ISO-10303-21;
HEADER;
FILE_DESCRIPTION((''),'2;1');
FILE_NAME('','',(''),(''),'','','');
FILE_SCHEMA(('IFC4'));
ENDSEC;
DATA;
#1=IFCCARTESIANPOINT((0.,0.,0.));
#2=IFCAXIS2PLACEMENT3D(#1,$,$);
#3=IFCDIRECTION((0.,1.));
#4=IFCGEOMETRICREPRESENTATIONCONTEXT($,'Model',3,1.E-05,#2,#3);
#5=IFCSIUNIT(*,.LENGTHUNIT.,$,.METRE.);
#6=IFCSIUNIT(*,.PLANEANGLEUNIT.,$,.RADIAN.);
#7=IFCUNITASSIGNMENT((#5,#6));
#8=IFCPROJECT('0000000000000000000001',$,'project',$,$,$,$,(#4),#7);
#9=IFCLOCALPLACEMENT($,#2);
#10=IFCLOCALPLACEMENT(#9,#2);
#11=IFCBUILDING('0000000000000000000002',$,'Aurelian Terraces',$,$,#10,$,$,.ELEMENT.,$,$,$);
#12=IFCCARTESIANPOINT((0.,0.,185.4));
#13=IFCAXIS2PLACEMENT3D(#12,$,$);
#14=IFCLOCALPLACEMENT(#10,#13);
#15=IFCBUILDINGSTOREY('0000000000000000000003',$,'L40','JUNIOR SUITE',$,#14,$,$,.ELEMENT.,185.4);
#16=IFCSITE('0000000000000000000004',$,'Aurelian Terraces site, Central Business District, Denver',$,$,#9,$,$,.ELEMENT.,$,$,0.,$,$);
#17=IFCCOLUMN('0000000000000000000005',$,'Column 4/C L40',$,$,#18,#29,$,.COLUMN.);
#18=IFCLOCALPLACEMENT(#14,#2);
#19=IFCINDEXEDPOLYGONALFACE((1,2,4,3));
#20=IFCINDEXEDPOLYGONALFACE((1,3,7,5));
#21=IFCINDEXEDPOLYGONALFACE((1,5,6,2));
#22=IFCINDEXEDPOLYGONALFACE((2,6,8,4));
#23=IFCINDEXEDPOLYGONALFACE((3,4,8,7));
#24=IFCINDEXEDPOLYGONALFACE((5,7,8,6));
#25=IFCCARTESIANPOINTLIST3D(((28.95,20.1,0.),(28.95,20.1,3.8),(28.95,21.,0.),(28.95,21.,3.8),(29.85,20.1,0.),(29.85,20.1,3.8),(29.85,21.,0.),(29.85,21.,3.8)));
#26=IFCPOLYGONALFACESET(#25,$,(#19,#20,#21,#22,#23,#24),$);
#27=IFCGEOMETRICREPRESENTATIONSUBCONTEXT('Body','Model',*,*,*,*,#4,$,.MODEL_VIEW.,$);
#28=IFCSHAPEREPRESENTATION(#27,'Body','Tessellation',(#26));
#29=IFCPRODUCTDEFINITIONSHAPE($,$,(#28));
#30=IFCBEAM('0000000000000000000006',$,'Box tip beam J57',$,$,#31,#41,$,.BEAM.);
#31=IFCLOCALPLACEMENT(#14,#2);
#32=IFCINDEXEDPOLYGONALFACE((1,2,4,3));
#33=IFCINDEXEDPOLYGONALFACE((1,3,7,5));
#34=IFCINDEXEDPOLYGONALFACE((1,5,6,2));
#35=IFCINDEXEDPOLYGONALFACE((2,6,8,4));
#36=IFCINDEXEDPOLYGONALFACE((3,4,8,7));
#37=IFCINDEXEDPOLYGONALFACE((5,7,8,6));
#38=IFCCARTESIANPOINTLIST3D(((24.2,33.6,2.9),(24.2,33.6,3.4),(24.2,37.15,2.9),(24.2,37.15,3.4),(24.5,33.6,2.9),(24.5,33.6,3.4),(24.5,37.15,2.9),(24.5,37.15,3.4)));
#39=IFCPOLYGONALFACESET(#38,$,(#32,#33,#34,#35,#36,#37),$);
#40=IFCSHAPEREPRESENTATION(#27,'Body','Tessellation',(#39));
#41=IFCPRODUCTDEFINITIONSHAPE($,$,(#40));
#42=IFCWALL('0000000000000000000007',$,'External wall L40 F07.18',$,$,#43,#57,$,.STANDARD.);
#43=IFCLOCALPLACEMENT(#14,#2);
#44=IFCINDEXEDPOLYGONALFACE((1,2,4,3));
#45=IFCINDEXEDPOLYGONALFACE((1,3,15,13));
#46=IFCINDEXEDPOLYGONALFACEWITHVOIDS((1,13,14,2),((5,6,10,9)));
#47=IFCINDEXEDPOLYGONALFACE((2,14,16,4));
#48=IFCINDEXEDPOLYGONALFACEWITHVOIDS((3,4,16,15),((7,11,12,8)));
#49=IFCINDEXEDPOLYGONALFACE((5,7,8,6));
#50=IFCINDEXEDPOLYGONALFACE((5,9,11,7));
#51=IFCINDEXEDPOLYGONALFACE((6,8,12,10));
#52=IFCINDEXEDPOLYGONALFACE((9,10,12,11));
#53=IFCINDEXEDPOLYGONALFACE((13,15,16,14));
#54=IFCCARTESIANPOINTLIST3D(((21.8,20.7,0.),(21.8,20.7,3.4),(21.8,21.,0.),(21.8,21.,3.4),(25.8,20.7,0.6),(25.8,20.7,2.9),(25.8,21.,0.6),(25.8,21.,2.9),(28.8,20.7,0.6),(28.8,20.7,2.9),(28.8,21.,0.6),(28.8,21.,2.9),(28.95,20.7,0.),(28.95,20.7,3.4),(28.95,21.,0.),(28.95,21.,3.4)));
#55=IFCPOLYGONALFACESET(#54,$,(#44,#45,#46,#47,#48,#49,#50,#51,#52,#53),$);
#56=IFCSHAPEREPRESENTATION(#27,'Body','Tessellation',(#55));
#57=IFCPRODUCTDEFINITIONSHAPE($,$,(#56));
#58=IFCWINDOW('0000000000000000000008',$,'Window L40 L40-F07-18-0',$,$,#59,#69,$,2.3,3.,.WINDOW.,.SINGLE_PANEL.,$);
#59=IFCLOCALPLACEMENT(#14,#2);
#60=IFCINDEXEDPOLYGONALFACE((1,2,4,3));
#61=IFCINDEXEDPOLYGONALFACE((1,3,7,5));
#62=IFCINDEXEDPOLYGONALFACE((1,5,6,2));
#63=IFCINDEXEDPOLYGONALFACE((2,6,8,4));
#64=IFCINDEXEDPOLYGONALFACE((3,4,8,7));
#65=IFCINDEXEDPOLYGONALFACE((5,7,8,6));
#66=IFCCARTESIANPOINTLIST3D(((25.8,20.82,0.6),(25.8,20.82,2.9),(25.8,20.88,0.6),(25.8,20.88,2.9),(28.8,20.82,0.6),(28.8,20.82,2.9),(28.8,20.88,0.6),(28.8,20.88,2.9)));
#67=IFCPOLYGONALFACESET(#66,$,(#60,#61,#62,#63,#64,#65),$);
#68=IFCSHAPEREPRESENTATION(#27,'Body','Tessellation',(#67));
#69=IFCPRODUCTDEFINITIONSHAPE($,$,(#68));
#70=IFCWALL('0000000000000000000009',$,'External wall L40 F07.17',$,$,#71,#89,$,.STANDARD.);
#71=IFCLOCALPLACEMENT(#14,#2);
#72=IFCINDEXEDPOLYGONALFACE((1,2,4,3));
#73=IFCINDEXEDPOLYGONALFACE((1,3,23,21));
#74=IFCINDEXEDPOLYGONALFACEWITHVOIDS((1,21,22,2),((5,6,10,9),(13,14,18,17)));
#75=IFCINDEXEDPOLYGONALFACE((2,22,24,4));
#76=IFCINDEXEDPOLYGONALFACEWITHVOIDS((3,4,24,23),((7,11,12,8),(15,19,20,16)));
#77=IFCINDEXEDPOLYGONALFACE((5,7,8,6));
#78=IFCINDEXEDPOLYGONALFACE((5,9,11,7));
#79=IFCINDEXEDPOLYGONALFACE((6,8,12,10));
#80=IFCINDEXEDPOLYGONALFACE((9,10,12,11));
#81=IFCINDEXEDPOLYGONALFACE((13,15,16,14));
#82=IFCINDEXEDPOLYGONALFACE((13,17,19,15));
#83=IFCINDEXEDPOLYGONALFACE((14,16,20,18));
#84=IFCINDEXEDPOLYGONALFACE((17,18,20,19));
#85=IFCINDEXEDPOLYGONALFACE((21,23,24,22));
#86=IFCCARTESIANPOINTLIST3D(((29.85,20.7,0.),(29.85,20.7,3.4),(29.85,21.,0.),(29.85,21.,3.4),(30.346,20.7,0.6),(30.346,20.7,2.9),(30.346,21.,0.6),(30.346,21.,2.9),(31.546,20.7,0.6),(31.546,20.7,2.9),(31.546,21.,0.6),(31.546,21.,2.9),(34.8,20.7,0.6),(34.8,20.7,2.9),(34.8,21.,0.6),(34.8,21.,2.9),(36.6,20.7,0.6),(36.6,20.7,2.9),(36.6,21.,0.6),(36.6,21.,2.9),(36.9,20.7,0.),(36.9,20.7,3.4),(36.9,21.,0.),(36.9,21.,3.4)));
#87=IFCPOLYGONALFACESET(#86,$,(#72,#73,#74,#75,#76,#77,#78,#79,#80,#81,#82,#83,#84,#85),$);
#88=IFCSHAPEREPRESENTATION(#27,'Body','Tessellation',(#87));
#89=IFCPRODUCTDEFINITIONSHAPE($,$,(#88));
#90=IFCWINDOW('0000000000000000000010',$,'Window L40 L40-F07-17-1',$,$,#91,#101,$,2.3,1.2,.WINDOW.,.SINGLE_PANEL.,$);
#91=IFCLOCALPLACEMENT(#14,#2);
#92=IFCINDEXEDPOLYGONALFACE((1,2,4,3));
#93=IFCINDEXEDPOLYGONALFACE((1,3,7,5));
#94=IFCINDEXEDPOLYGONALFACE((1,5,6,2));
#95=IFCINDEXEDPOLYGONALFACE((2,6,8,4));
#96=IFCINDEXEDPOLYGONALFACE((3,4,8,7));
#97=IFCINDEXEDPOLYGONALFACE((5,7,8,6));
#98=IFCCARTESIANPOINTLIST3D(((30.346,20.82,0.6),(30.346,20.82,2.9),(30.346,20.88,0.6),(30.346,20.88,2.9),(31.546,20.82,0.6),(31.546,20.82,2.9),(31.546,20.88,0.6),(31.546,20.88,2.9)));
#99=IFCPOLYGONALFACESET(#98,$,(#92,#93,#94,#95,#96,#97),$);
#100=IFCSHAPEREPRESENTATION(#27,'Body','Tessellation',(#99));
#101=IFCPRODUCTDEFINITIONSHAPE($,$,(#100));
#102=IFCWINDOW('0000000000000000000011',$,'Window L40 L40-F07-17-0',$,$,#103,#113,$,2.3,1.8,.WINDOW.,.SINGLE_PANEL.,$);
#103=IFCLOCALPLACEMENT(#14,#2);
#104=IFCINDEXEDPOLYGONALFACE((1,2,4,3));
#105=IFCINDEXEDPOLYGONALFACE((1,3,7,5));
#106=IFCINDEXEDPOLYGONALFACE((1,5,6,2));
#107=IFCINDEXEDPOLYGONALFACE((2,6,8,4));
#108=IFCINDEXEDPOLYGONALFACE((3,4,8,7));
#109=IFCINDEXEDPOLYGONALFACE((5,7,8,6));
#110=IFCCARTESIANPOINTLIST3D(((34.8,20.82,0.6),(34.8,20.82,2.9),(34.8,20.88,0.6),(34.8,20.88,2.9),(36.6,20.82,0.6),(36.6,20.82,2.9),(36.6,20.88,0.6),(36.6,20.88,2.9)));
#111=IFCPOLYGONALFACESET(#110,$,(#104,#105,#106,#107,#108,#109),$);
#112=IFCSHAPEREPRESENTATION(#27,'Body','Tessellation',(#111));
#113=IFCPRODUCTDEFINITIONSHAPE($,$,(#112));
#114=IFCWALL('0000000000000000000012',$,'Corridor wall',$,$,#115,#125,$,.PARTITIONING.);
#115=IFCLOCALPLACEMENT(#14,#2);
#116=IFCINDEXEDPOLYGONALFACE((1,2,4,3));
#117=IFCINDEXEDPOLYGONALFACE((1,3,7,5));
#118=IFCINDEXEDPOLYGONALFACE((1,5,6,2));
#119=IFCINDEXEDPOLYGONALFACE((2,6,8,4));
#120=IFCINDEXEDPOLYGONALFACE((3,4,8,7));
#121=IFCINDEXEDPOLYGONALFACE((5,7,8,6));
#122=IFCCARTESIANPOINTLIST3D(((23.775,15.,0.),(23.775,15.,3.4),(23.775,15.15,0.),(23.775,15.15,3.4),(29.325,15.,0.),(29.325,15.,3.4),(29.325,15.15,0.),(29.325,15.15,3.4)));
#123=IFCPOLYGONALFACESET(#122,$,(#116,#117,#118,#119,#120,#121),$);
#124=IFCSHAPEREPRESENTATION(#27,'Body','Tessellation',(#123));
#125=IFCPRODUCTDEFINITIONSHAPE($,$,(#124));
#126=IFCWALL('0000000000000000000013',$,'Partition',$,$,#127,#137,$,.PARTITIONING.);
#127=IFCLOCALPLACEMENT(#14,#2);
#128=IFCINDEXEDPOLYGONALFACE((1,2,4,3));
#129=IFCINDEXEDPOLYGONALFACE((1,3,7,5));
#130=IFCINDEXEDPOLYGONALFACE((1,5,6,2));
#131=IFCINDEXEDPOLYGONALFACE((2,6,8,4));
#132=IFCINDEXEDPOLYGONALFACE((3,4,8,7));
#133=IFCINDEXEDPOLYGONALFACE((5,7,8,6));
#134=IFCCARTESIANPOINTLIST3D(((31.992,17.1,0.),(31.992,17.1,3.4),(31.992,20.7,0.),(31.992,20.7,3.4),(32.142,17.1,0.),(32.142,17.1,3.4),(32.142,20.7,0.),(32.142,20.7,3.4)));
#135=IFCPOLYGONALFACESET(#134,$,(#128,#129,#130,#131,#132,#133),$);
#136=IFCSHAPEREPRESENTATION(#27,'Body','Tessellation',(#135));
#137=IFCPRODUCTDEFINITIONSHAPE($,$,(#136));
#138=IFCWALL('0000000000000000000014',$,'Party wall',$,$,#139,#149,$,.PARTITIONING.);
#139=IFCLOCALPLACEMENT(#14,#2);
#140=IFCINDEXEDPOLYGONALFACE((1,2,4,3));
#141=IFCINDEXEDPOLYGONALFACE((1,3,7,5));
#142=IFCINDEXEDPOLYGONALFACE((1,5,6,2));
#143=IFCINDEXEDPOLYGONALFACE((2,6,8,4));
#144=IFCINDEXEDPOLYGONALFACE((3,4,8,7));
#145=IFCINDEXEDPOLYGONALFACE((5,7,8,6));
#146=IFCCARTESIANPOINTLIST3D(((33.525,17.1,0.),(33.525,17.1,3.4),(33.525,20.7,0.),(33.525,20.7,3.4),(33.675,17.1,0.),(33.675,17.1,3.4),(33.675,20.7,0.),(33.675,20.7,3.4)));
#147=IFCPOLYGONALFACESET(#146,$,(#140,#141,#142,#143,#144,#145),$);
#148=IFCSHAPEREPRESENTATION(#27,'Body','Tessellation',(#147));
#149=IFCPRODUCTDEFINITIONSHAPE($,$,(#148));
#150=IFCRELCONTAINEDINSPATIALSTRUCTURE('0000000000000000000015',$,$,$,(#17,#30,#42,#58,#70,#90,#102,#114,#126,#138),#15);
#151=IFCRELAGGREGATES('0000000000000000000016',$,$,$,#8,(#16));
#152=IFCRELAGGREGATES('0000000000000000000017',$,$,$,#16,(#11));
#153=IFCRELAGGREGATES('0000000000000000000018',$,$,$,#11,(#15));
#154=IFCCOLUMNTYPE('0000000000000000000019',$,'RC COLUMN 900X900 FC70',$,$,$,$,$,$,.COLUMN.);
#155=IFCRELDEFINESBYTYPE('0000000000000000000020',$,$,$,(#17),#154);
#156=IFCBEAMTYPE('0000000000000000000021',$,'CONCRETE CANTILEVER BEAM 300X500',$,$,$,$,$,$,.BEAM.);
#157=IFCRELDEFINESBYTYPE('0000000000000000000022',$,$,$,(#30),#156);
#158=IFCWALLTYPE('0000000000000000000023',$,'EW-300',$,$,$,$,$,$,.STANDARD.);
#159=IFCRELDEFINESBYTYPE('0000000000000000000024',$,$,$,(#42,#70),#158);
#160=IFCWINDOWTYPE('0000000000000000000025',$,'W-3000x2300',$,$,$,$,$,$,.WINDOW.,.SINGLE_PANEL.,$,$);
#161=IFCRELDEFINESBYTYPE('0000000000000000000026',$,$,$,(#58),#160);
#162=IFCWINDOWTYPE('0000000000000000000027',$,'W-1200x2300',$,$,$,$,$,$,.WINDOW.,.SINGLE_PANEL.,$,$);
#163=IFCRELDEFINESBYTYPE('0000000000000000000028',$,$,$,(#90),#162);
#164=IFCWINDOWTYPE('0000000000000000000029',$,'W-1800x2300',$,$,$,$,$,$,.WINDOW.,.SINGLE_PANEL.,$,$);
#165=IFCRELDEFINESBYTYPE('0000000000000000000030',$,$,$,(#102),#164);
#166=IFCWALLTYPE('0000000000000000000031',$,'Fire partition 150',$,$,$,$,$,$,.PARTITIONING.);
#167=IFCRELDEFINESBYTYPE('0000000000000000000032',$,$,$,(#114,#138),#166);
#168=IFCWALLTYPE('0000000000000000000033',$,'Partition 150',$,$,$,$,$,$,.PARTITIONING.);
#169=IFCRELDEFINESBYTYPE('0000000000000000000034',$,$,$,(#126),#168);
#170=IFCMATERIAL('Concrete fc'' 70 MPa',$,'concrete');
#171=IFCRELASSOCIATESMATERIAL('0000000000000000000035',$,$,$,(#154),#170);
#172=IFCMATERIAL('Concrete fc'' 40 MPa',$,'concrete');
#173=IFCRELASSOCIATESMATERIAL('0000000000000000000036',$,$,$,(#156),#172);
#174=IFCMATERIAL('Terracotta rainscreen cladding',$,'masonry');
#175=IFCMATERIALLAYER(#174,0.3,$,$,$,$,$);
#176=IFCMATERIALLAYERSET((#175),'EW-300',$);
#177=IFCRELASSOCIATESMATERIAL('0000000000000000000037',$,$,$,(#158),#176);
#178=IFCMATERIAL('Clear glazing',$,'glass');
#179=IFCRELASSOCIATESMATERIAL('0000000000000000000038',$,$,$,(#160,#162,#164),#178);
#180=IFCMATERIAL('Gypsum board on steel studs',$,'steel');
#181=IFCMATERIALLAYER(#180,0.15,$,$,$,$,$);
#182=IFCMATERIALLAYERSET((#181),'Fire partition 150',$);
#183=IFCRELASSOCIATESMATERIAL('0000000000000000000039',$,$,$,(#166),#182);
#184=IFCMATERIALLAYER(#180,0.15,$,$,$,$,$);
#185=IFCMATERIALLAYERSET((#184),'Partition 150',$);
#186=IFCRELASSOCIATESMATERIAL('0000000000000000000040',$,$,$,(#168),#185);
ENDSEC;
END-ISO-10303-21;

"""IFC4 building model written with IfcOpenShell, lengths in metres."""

from ifc_helpers import new_model, si_unit, direction, frame, frame_2d, origin, origin_2d, place, context, subcontext, project, spatial, rectangle, extrude, source, transform, mapped, material, layer, layer_set, material_profile, profile_set, type_object, element, fill, save


model = new_model("IFC4")

# Units and contexts
model_context = context("Model", 3, precision=1e-05, world=origin(), true_north=direction((0.0, 1.0)))
body_context = subcontext(model_context, "Body", "Model", "MODEL_VIEW")
ifc_project = project(units=[si_unit("LENGTHUNIT", "METRE"), si_unit("PLANEANGLEUNIT", "RADIAN")], contexts=[model_context])

# Site, building, storey
site_placement = place(None, origin())
site = spatial("IfcSite", under=ifc_project, at=site_placement, Name="Aurelian Terraces site, Central Business District, Denver", CompositionType="ELEMENT", RefElevation=0.0)
building_placement = place(site_placement, origin())
building = spatial("IfcBuilding", under=site, at=building_placement, Name="Aurelian Terraces", CompositionType="ELEMENT")
storey_placement = place(building_placement, frame((0.0, 0.0, 185.4)))
storey = spatial("IfcBuildingStorey", under=building, at=storey_placement, Name="L40", Description="JUNIOR SUITE", CompositionType="ELEMENT", Elevation=185.4)

# Column
ifc_material_1 = material(Name="Concrete fc' 70 MPa", Category="concrete")
ifc_material_profile_1 = material_profile(ifc_material_1, rectangle(XDim=0.9, YDim=0.9, at=origin_2d()))
ifc_profile_set_1 = profile_set([ifc_material_profile_1], Name="Concrete fc' 70 MPa")
column_type = type_object("IfcColumnType", Name="RC COLUMN 900X900 FC70", PredefinedType="COLUMN", material=ifc_profile_set_1)
shared_shape_1 = source(origin(), body_context, "Body", "SweptSolid", [
    extrude(rectangle(XDim=0.9, YDim=0.9, at=origin_2d()), origin(), (0.0, 0.0, 1.0), 3.8),
])
column_placement = place(storey_placement, frame((29.4, 20.55, 0.0), z_axis=(0.0, 0.0, 1.0), x_axis=(1.0, 0.0, 0.0)))
element("IfcColumn", 1, at=column_placement, inside=storey, type_object=column_type, Name="Column 4/C L40", PredefinedType="COLUMN", context=body_context, shape_type="MappedRepresentation", body=[
    mapped(shared_shape_1, transform((0.0, 0.0, 0.0), scale=1.0)),
])

# Beam
ifc_material_2 = material(Name="Concrete fc' 40 MPa", Category="concrete")
ifc_material_profile_2 = material_profile(ifc_material_2, rectangle(XDim=0.3, YDim=0.5, at=origin_2d()))
ifc_profile_set_2 = profile_set([ifc_material_profile_2], Name="Concrete fc' 40 MPa")
beam_type = type_object("IfcBeamType", Name="CONCRETE CANTILEVER BEAM 300X500", PredefinedType="BEAM", material=ifc_profile_set_2)
shared_shape_2 = source(origin(), body_context, "Body", "SweptSolid", [
    extrude(rectangle(XDim=0.3, YDim=0.5, at=origin_2d()), origin(), (0.0, 0.0, 1.0), 3.55),
])
beam_placement = place(storey_placement, frame((24.35, 33.6, 3.15), z_axis=(0.0, 1.0, 0.0), x_axis=(-1.0, 0.0, 0.0)))
element("IfcBeam", 2, at=beam_placement, inside=storey, type_object=beam_type, Name="Box tip beam J57", PredefinedType="BEAM", context=body_context, shape_type="MappedRepresentation", body=[
    mapped(shared_shape_2, transform((0.0, 0.0, 0.0), scale=1.0)),
])

# Wall, opening, window
ifc_material_3 = material(Name="Terracotta rainscreen cladding", Category="masonry")
ifc_layer_1 = layer(ifc_material_3, 0.3)
ifc_layer_set_1 = layer_set([ifc_layer_1], Name="EW-300")
wall_type_1 = type_object("IfcWallType", Name="EW-300", PredefinedType="STANDARD", material=ifc_layer_set_1)
shared_shape_3 = source(origin(), body_context, "Body", "SweptSolid", [
    extrude(rectangle(XDim=7.15, YDim=0.3, at=frame_2d((3.575, 0.0))), origin(), (0.0, 0.0, 1.0), 3.4),
])
wall_1_placement = place(storey_placement, frame((28.95, 20.85, 0.0), z_axis=(0.0, 0.0, 1.0), x_axis=(-1.0, 0.0, 0.0)))
wall_1 = element("IfcWall", 3, at=wall_1_placement, inside=storey, type_object=wall_type_1, Name="External wall L40 F07.18", PredefinedType="STANDARD", context=body_context, shape_type="MappedRepresentation", body=[
    mapped(shared_shape_3, transform((0.0, 0.0, 0.0), scale=1.0)),
])
shared_shape_4 = source(origin(), body_context, "Body", "SweptSolid", [
    extrude(rectangle(XDim=3.0, YDim=2.3, at=frame_2d((1.5, 1.15))), frame((0.0, 0.16, 0.0), z_axis=(0.0, -1.0, 0.0), x_axis=(1.0, 0.0, 0.0)), (0.0, 0.0, 1.0), 0.32),
])
opening_1_placement = place(wall_1_placement, frame((0.15, 0.0, 0.6)))
opening_1 = element("IfcOpeningElement", 4, at=opening_1_placement, cuts=wall_1, PredefinedType="OPENING", context=body_context, shape_type="MappedRepresentation", body=[
    mapped(shared_shape_4, transform((0.0, 0.0, 0.0), scale=1.0)),
])
ifc_material_4 = material(Name="Clear glazing", Category="glass")
window_type_1 = type_object("IfcWindowType", Name="W-3000x2300", PartitioningType="SINGLE_PANEL", PredefinedType="WINDOW", material=ifc_material_4)
shared_shape_5 = source(origin(), body_context, "Body", "SweptSolid", [
    extrude(rectangle(XDim=3.0, YDim=2.3, at=frame_2d((1.5, 1.15))), frame((0.0, 0.03, 0.0), z_axis=(0.0, -1.0, 0.0), x_axis=(1.0, 0.0, 0.0)), (0.0, 0.0, 1.0), 0.06),
])
window_1_placement = place(opening_1_placement, origin())
window_1 = element("IfcWindow", 5, at=window_1_placement, inside=storey, type_object=window_type_1, Name="Window L40 L40-F07-18-0", OverallHeight=2.3, OverallWidth=3.0, PartitioningType="SINGLE_PANEL", PredefinedType="WINDOW", context=body_context, shape_type="MappedRepresentation", body=[
    mapped(shared_shape_5, transform((0.0, 0.0, 0.0), scale=1.0)),
])
fill(opening_1, window_1)

# Wall, openings, windows
shared_shape_6 = source(origin(), body_context, "Body", "SweptSolid", [
    extrude(rectangle(XDim=7.05, YDim=0.3, at=frame_2d((3.525, 0.0))), origin(), (0.0, 0.0, 1.0), 3.4),
])
wall_2_placement = place(storey_placement, frame((36.9, 20.85, 0.0), z_axis=(0.0, 0.0, 1.0), x_axis=(-1.0, 0.0, 0.0)))
wall_2 = element("IfcWall", 6, at=wall_2_placement, inside=storey, type_object=wall_type_1, Name="External wall L40 F07.17", PredefinedType="STANDARD", context=body_context, shape_type="MappedRepresentation", body=[
    mapped(shared_shape_6, transform((0.0, 0.0, 0.0), scale=1.0)),
])
shared_shape_7 = source(origin(), body_context, "Body", "SweptSolid", [
    extrude(rectangle(XDim=1.8, YDim=2.3, at=frame_2d((0.9, 1.15))), frame((0.0, 0.16, 0.0), z_axis=(0.0, -1.0, 0.0), x_axis=(1.0, 0.0, 0.0)), (0.0, 0.0, 1.0), 0.32),
])
opening_2_placement = place(wall_2_placement, frame((0.3, 0.0, 0.6)))
opening_2 = element("IfcOpeningElement", 7, at=opening_2_placement, cuts=wall_2, PredefinedType="OPENING", context=body_context, shape_type="MappedRepresentation", body=[
    mapped(shared_shape_7, transform((0.0, 0.0, 0.0), scale=1.0)),
])
shared_shape_8 = source(origin(), body_context, "Body", "SweptSolid", [
    extrude(rectangle(XDim=1.2, YDim=2.3, at=frame_2d((0.6, 1.15))), frame((0.0, 0.16, 0.0), z_axis=(0.0, -1.0, 0.0), x_axis=(1.0, 0.0, 0.0)), (0.0, 0.0, 1.0), 0.32),
])
opening_3_placement = place(wall_2_placement, frame((5.354, 0.0, 0.6)))
opening_3 = element("IfcOpeningElement", 8, at=opening_3_placement, cuts=wall_2, PredefinedType="OPENING", context=body_context, shape_type="MappedRepresentation", body=[
    mapped(shared_shape_8, transform((0.0, 0.0, 0.0), scale=1.0)),
])
window_type_2 = type_object("IfcWindowType", Name="W-1200x2300", PartitioningType="SINGLE_PANEL", PredefinedType="WINDOW", material=ifc_material_4)
shared_shape_9 = source(origin(), body_context, "Body", "SweptSolid", [
    extrude(rectangle(XDim=1.2, YDim=2.3, at=frame_2d((0.6, 1.15))), frame((0.0, 0.03, 0.0), z_axis=(0.0, -1.0, 0.0), x_axis=(1.0, 0.0, 0.0)), (0.0, 0.0, 1.0), 0.06),
])
window_2_placement = place(opening_3_placement, origin())
window_2 = element("IfcWindow", 9, at=window_2_placement, inside=storey, type_object=window_type_2, Name="Window L40 L40-F07-17-1", OverallHeight=2.3, OverallWidth=1.2, PartitioningType="SINGLE_PANEL", PredefinedType="WINDOW", context=body_context, shape_type="MappedRepresentation", body=[
    mapped(shared_shape_9, transform((0.0, 0.0, 0.0), scale=1.0)),
])
fill(opening_3, window_2)
window_type_3 = type_object("IfcWindowType", Name="W-1800x2300", PartitioningType="SINGLE_PANEL", PredefinedType="WINDOW", material=ifc_material_4)
shared_shape_10 = source(origin(), body_context, "Body", "SweptSolid", [
    extrude(rectangle(XDim=1.8, YDim=2.3, at=frame_2d((0.9, 1.15))), frame((0.0, 0.03, 0.0), z_axis=(0.0, -1.0, 0.0), x_axis=(1.0, 0.0, 0.0)), (0.0, 0.0, 1.0), 0.06),
])
window_3_placement = place(opening_2_placement, origin())
window_3 = element("IfcWindow", 10, at=window_3_placement, inside=storey, type_object=window_type_3, Name="Window L40 L40-F07-17-0", OverallHeight=2.3, OverallWidth=1.8, PartitioningType="SINGLE_PANEL", PredefinedType="WINDOW", context=body_context, shape_type="MappedRepresentation", body=[
    mapped(shared_shape_10, transform((0.0, 0.0, 0.0), scale=1.0)),
])
fill(opening_2, window_3)

# Walls
ifc_material_5 = material(Name="Gypsum board on steel studs", Category="steel")
ifc_layer_2 = layer(ifc_material_5, 0.15)
ifc_layer_set_2 = layer_set([ifc_layer_2], Name="Fire partition 150")
wall_type_2 = type_object("IfcWallType", Name="Fire partition 150", PredefinedType="PARTITIONING", material=ifc_layer_set_2)
shared_shape_11 = source(origin(), body_context, "Body", "SweptSolid", [
    extrude(rectangle(XDim=5.55, YDim=0.15, at=frame_2d((2.775, 0.0))), origin(), (0.0, 0.0, 1.0), 3.4),
])
wall_3_placement = place(storey_placement, frame((29.325, 15.075, 0.0), z_axis=(0.0, 0.0, 1.0), x_axis=(-1.0, 0.0, 0.0)))
element("IfcWall", 11, at=wall_3_placement, inside=storey, type_object=wall_type_2, Name="Corridor wall", PredefinedType="PARTITIONING", context=body_context, shape_type="MappedRepresentation", body=[
    mapped(shared_shape_11, transform((0.0, 0.0, 0.0), scale=1.0)),
])
ifc_layer_3 = layer(ifc_material_5, 0.15)
ifc_layer_set_3 = layer_set([ifc_layer_3], Name="Partition 150")
wall_type_3 = type_object("IfcWallType", Name="Partition 150", PredefinedType="PARTITIONING", material=ifc_layer_set_3)
shared_shape_12 = source(origin(), body_context, "Body", "SweptSolid", [
    extrude(rectangle(XDim=3.6, YDim=0.15, at=frame_2d((1.8, 0.0))), origin(), (0.0, 0.0, 1.0), 3.4),
])
wall_4_placement = place(storey_placement, frame((32.067, 20.7, 0.0), z_axis=(0.0, 0.0, 1.0), x_axis=(0.0, -1.0, 0.0)))
element("IfcWall", 12, at=wall_4_placement, inside=storey, type_object=wall_type_3, Name="Partition", PredefinedType="PARTITIONING", context=body_context, shape_type="MappedRepresentation", body=[
    mapped(shared_shape_12, transform((0.0, 0.0, 0.0), scale=1.0)),
])
wall_5_placement = place(storey_placement, frame((33.6, 17.1, 0.0), z_axis=(0.0, 0.0, 1.0), x_axis=(0.0, 1.0, 0.0)))
element("IfcWall", 13, at=wall_5_placement, inside=storey, type_object=wall_type_2, Name="Party wall", PredefinedType="PARTITIONING", context=body_context, shape_type="MappedRepresentation", body=[
    mapped(shared_shape_12, transform((0.0, 0.0, 0.0), scale=1.0)),
])

save(model, "model.ifc")
